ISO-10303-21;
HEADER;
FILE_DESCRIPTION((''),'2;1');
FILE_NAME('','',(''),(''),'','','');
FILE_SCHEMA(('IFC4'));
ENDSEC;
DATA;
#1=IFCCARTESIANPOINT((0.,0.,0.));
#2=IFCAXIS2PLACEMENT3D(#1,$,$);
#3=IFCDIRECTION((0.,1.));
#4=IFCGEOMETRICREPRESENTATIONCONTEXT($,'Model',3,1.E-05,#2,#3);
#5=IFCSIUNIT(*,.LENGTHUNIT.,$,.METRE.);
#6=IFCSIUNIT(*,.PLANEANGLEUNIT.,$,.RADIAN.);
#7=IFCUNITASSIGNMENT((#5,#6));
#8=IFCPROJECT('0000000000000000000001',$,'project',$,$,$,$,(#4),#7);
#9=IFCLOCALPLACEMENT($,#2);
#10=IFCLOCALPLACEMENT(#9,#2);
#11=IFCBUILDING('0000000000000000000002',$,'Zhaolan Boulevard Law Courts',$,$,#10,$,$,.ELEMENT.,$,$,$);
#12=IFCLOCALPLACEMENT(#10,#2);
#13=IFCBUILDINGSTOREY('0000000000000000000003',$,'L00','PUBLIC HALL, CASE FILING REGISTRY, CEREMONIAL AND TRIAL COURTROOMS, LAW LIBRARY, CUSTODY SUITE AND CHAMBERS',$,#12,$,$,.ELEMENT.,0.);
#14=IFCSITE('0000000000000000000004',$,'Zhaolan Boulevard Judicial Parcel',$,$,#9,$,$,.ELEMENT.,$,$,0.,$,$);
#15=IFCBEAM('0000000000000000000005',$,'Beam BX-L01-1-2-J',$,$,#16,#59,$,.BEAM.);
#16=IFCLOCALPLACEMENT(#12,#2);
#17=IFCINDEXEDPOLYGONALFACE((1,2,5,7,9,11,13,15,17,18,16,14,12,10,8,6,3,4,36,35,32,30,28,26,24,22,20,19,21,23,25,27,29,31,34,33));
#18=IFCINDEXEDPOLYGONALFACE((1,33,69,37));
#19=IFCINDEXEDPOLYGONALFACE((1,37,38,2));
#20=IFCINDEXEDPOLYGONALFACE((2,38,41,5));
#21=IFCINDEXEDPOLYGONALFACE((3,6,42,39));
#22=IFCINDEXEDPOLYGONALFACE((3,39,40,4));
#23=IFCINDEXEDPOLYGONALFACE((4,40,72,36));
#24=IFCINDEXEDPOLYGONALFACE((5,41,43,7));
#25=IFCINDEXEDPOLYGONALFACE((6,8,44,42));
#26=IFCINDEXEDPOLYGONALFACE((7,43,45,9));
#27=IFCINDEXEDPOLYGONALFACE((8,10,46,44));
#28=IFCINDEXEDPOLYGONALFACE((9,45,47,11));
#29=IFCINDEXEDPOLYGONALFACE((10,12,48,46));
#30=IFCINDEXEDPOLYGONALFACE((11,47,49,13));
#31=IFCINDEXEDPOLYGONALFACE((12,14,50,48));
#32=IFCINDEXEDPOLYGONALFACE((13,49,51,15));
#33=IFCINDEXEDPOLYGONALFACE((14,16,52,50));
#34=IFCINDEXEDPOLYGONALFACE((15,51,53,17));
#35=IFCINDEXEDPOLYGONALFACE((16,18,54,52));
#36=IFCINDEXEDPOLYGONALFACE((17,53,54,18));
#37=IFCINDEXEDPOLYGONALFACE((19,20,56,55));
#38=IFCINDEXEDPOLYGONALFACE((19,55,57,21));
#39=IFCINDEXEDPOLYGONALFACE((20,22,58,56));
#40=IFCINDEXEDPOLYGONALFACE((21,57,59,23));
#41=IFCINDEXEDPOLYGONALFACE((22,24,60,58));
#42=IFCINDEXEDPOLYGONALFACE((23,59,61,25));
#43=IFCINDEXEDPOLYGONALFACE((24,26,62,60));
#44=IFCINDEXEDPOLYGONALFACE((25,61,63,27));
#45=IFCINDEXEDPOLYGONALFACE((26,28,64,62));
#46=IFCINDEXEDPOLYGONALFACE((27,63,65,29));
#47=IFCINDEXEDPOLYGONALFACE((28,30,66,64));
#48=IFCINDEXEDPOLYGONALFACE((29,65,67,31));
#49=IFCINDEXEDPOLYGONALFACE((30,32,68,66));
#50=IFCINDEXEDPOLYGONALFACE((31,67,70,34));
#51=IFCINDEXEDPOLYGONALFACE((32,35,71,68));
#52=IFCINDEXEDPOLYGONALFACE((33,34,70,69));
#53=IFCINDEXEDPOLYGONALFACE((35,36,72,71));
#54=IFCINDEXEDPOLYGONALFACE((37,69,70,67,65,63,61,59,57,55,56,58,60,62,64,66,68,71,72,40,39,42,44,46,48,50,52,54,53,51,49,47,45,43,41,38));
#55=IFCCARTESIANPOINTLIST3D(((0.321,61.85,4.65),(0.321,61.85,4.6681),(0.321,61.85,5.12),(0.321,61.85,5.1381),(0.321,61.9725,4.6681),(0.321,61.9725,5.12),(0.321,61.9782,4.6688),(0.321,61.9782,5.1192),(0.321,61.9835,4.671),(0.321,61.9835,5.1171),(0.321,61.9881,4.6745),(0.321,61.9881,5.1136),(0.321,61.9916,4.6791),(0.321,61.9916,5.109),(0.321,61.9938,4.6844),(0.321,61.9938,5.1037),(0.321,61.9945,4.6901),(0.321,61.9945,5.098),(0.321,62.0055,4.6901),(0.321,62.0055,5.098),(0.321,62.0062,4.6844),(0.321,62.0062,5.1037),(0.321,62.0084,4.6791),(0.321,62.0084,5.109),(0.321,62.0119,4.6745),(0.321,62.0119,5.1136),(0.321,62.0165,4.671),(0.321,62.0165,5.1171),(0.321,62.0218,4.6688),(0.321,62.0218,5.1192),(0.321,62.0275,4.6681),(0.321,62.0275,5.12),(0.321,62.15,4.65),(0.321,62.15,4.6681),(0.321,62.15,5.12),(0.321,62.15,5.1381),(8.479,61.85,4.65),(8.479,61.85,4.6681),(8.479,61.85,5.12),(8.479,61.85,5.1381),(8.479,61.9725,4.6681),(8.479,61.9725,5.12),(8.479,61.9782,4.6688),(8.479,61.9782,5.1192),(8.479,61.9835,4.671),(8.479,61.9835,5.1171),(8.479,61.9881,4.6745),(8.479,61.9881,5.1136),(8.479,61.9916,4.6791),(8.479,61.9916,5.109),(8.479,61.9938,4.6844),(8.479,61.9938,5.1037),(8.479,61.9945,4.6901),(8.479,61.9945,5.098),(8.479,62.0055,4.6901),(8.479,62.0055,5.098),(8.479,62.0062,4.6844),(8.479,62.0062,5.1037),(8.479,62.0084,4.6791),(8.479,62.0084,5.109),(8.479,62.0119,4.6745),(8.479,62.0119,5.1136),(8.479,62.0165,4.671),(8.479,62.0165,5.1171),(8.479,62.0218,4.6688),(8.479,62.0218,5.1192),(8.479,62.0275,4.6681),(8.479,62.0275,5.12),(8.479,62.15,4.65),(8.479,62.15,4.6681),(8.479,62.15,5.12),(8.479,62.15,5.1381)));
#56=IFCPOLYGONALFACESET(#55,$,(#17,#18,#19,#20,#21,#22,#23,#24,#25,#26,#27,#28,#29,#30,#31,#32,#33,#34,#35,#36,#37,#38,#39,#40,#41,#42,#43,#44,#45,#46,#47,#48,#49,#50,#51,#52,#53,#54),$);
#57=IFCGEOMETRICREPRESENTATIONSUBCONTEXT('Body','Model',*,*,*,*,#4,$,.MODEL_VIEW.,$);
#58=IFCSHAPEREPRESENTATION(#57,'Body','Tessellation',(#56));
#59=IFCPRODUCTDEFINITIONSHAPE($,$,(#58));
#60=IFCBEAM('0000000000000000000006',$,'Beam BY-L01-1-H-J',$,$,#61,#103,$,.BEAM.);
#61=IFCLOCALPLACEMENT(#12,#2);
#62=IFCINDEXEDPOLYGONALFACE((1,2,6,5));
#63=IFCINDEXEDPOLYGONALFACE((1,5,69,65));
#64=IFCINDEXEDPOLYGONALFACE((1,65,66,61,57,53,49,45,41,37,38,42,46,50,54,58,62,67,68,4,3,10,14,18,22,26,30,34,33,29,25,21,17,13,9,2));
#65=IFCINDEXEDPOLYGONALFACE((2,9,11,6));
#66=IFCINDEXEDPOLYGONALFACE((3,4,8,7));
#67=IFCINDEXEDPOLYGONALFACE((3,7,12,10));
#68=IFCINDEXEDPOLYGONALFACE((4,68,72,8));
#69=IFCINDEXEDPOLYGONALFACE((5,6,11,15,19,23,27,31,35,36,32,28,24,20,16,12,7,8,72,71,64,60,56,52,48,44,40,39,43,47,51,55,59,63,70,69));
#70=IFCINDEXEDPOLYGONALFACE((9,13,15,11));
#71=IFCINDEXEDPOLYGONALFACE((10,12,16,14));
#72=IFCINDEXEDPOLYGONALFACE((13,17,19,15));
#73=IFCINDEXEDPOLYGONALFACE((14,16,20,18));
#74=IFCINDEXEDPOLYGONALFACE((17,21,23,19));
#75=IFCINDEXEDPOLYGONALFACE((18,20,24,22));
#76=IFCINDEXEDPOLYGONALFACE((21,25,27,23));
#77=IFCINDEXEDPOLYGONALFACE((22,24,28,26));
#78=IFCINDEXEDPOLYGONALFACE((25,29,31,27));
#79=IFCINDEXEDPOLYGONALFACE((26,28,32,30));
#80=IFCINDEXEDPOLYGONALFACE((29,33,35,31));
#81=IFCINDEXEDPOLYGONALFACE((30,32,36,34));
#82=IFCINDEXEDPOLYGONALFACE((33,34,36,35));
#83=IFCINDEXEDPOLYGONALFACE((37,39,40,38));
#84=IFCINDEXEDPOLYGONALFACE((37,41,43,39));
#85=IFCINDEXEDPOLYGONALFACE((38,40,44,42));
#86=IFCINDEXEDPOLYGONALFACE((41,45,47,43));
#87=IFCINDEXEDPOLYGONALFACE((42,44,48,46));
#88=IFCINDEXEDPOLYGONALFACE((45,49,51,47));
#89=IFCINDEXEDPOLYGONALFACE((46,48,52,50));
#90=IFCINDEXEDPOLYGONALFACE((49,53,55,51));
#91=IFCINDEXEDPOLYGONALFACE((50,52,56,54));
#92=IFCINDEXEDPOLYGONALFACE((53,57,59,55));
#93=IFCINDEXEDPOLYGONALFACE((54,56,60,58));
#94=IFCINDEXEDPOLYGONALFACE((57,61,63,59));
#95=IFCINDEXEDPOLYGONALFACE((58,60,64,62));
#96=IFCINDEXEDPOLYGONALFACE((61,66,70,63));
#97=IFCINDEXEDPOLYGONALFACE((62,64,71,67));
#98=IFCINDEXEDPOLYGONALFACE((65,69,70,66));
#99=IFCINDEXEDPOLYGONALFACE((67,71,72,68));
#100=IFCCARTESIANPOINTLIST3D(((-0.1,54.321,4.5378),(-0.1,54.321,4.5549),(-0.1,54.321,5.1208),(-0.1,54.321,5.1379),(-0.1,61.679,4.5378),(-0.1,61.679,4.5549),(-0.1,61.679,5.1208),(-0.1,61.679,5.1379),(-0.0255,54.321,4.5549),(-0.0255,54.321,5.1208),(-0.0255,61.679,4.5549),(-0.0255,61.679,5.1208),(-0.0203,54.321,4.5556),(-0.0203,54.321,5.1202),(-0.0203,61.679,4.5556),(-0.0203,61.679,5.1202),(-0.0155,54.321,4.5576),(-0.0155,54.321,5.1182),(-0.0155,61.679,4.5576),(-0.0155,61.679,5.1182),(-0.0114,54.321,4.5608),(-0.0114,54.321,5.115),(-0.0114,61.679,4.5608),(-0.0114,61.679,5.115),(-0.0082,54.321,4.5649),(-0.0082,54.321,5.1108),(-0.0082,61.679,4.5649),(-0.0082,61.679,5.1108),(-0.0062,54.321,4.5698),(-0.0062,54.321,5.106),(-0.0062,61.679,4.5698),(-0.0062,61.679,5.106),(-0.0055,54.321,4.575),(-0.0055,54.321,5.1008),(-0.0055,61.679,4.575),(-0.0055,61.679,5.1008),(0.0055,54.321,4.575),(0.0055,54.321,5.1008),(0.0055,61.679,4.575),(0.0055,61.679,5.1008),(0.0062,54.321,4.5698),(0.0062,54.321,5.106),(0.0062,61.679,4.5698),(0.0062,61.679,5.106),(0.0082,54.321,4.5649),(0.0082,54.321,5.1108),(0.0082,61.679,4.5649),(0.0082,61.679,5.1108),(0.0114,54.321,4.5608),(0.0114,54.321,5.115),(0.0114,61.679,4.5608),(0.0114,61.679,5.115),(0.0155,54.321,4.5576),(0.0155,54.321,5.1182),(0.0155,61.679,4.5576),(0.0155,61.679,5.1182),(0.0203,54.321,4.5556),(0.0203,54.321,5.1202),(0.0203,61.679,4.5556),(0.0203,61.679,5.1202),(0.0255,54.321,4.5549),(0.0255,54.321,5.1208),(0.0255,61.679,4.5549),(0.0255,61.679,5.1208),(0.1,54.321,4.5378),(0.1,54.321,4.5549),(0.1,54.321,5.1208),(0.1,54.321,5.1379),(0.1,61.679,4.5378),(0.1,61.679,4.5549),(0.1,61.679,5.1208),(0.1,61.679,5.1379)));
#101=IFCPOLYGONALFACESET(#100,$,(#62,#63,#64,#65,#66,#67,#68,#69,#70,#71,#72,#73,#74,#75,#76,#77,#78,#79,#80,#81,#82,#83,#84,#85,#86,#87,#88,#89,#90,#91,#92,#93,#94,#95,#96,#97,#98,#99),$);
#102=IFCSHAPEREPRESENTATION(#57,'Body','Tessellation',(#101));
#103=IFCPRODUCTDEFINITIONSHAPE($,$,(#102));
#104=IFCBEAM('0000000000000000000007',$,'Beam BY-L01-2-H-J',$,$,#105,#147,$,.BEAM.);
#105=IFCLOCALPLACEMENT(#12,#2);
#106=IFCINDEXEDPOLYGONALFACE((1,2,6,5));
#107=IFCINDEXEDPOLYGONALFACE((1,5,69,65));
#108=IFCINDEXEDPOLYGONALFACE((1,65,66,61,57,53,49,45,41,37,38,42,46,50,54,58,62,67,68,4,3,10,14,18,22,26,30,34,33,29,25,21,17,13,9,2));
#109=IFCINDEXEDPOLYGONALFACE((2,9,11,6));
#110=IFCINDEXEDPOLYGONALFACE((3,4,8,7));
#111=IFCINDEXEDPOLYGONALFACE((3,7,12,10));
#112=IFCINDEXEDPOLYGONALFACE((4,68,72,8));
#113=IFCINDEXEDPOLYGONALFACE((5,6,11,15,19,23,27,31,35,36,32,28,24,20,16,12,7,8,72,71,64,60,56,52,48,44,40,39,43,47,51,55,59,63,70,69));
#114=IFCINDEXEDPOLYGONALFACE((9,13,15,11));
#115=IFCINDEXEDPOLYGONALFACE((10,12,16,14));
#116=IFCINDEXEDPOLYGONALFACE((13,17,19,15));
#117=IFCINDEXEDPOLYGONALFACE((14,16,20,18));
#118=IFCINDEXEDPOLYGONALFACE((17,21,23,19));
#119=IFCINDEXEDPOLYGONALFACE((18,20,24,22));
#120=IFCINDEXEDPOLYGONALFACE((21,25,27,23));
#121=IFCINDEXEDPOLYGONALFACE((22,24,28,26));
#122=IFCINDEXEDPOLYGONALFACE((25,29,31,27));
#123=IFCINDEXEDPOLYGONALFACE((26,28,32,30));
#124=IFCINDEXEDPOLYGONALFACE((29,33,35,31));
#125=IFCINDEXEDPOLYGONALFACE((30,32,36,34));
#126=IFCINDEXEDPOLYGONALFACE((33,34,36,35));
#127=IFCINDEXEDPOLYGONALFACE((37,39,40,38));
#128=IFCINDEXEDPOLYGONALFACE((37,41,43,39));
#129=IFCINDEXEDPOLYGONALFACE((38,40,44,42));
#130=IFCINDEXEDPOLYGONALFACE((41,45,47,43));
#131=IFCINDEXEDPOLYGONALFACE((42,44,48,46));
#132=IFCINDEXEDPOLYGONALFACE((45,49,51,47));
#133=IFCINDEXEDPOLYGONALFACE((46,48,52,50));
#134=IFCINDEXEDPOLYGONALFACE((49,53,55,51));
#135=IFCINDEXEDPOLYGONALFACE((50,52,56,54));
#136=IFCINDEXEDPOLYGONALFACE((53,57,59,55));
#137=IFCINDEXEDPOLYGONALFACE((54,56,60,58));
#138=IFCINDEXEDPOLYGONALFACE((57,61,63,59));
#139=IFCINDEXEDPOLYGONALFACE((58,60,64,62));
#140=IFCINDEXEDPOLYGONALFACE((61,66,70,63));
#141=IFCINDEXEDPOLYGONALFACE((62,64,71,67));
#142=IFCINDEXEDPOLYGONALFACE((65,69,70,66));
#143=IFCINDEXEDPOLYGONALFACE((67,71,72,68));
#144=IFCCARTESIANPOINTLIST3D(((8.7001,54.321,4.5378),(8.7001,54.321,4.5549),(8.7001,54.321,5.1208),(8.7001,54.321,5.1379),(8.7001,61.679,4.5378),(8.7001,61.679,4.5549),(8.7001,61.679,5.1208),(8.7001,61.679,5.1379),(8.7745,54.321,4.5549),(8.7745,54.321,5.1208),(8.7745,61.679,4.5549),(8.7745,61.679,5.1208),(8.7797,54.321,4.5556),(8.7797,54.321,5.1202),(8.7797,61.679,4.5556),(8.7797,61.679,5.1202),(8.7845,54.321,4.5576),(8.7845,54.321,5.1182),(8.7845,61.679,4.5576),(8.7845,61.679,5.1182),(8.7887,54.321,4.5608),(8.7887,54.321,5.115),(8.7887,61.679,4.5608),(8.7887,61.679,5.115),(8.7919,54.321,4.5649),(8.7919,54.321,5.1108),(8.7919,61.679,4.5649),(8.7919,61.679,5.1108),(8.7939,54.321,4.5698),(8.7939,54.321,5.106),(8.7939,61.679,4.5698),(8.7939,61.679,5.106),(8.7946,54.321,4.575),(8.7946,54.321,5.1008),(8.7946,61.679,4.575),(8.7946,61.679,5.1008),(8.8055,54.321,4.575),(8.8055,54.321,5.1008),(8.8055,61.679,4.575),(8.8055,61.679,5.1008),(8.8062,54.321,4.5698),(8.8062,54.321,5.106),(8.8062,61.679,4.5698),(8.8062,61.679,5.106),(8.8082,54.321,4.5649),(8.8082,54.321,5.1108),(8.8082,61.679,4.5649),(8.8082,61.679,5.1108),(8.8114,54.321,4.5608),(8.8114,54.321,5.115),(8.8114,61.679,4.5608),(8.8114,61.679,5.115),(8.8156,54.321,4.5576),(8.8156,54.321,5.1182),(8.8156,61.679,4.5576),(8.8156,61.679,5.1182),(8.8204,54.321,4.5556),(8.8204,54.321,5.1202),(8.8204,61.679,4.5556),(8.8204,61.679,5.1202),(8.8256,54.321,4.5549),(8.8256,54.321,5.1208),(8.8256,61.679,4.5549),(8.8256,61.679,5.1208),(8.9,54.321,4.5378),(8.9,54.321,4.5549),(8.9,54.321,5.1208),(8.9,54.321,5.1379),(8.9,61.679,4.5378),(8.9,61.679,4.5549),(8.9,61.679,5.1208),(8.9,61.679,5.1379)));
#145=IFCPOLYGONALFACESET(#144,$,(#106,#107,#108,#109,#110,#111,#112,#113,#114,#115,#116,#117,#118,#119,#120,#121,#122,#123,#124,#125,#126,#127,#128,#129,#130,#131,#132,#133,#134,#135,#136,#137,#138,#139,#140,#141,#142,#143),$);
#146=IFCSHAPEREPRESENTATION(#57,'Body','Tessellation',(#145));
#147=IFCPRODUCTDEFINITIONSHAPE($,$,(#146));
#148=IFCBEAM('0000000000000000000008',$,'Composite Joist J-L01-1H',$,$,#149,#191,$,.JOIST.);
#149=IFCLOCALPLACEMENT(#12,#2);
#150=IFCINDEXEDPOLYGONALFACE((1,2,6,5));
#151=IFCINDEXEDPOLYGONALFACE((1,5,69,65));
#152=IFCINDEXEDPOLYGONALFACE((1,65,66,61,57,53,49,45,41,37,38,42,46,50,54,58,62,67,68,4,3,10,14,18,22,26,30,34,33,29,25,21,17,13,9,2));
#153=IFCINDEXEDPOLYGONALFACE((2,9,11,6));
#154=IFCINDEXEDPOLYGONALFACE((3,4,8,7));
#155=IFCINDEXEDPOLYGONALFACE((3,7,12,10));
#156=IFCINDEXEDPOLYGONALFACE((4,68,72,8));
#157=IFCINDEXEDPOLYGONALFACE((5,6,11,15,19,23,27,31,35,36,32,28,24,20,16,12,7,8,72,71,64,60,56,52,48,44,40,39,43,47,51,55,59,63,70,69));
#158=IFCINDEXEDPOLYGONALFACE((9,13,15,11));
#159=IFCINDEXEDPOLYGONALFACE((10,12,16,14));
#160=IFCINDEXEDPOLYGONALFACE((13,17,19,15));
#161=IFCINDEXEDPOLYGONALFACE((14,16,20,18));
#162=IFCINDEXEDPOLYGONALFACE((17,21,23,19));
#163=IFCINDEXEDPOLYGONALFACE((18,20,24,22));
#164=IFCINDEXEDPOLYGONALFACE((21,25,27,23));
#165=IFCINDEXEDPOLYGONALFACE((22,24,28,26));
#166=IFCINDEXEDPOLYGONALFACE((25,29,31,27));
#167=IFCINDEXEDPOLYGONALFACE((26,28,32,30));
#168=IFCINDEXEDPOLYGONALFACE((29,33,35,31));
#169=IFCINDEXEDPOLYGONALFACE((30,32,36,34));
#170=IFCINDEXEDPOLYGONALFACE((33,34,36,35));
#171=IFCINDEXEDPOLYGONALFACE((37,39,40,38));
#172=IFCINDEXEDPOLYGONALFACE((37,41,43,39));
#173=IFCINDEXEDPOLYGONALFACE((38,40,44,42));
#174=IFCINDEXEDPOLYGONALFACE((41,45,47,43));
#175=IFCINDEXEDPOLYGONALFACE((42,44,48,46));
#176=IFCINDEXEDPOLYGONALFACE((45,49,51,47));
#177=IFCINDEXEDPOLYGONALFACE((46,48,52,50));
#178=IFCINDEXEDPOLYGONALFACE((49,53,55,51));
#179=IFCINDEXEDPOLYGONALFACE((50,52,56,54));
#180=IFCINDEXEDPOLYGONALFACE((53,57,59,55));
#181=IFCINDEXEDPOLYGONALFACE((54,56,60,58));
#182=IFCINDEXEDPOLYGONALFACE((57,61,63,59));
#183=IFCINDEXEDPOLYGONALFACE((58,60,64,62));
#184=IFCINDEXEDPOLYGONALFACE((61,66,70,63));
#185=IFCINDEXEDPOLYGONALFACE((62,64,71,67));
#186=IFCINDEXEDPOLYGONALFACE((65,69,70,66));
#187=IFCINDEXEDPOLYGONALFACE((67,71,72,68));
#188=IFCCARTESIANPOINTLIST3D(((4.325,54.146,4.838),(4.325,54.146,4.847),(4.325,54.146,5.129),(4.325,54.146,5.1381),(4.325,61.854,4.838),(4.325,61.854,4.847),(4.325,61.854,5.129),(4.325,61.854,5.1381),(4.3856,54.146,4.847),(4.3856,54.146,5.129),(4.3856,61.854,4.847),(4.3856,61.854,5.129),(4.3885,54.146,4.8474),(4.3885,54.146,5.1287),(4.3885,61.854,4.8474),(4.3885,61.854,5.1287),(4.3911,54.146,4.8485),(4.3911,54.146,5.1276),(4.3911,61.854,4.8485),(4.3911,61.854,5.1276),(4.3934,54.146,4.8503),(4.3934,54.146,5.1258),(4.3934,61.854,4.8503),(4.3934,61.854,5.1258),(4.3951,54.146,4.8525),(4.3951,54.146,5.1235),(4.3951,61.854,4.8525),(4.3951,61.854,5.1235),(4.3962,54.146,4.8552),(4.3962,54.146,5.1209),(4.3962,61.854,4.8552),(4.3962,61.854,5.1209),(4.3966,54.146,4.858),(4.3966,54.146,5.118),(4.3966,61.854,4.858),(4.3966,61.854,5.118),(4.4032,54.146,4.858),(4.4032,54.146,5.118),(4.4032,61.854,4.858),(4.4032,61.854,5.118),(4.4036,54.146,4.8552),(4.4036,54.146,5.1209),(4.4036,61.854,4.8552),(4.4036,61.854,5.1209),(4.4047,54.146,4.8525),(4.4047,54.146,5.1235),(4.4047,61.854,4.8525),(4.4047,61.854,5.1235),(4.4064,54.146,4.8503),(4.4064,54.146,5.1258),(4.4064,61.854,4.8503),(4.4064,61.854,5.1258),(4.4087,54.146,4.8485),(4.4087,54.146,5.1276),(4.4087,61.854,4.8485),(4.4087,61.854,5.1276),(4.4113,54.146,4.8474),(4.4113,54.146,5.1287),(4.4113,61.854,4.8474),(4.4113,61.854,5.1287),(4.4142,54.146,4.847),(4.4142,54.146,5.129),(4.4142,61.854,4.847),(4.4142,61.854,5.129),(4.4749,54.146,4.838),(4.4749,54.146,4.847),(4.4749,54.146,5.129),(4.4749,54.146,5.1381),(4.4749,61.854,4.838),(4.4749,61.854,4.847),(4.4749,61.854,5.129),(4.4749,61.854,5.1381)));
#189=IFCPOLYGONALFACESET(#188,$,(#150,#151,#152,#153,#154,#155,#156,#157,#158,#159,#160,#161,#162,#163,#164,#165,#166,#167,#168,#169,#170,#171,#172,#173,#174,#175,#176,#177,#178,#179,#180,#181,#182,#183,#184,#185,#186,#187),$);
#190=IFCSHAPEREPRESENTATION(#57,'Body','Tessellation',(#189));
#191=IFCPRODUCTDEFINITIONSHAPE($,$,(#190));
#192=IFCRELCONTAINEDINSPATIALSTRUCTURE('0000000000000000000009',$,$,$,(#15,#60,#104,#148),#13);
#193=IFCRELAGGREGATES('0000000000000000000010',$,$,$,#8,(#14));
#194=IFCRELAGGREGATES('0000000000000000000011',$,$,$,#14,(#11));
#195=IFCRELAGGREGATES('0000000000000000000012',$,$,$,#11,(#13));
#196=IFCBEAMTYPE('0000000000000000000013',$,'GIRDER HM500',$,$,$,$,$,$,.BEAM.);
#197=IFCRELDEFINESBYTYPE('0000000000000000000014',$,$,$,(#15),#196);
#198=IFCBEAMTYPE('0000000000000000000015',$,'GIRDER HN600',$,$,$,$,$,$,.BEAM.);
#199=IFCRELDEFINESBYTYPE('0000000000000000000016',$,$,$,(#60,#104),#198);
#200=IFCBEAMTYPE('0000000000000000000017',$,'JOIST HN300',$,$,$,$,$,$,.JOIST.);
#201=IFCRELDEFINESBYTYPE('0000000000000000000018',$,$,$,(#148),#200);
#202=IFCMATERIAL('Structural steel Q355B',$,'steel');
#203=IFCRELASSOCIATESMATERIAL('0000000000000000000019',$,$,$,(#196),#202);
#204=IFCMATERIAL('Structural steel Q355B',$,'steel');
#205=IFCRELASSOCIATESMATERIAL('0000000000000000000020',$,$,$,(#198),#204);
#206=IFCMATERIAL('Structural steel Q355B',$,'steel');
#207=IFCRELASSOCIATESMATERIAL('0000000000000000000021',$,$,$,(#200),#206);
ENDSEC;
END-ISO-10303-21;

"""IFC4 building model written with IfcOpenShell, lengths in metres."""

from ifc_helpers import new_model, si_unit, direction, frame, origin, origin_2d, place, context, subcontext, project, spatial, i_section, extrude, material, material_profile, profile_set, type_object, element, save


model = new_model("IFC4")

# Units and contexts
model_context = context("Model", 3, precision=1e-05, world=origin(), true_north=direction((0.0, 1.0)))
body_context = subcontext(model_context, "Body", "Model", "MODEL_VIEW")
ifc_project = project(units=[si_unit("LENGTHUNIT", "METRE"), si_unit("PLANEANGLEUNIT", "RADIAN")], contexts=[model_context])

# Site, building, storey
site_placement = place(None, origin())
site = spatial("IfcSite", under=ifc_project, at=site_placement, Name="Zhaolan Boulevard Judicial Parcel", CompositionType="ELEMENT", RefElevation=0.0)
building_placement = place(site_placement, origin())
building = spatial("IfcBuilding", under=site, at=building_placement, Name="Zhaolan Boulevard Law Courts", CompositionType="ELEMENT")
storey_placement = place(building_placement, origin())
storey = spatial("IfcBuildingStorey", under=building, at=storey_placement, Name="L00", Description="PUBLIC HALL, CASE FILING REGISTRY, CEREMONIAL AND TRIAL COURTROOMS, LAW LIBRARY, CUSTODY SUITE AND CHAMBERS", CompositionType="ELEMENT", Elevation=0.0)

# Beams
ifc_material_1 = material(Name="Structural steel Q355B", Category="steel")
ifc_material_profile_1 = material_profile(ifc_material_1, i_section(OverallWidth=0.3, OverallDepth=0.488, WebThickness=0.011, FlangeThickness=0.0181, FilletRadius=0.022, at=origin_2d()), Name="HM488x300")
ifc_profile_set_1 = profile_set([ifc_material_profile_1], Name="Structural steel Q355B")
beam_type_1 = type_object("IfcBeamType", Name="GIRDER HM500", PredefinedType="BEAM", material=ifc_profile_set_1)
beam_1_placement = place(storey_placement, frame((0.321, 62.0, 4.894), z_axis=(1.0, 0.0, 0.0), x_axis=(0.0, 1.0, 0.0)))
element("IfcBeam", 1, at=beam_1_placement, inside=storey, type_object=beam_type_1, Name="Beam BX-L01-1-2-J", PredefinedType="BEAM", context=body_context, shape_type="SweptSolid", body=[
    extrude(i_section(OverallWidth=0.3, OverallDepth=0.488, WebThickness=0.011, FlangeThickness=0.0181, FilletRadius=0.022, at=origin_2d()), origin(), (0.0, 0.0, 1.0), 8.158),
])
ifc_material_2 = material(Name="Structural steel Q355B", Category="steel")
ifc_material_profile_2 = material_profile(ifc_material_2, i_section(OverallWidth=0.2, OverallDepth=0.6001, WebThickness=0.011, FlangeThickness=0.0171, FilletRadius=0.02, at=origin_2d()), Name="HN600x200")
ifc_profile_set_2 = profile_set([ifc_material_profile_2], Name="Structural steel Q355B")
beam_type_2 = type_object("IfcBeamType", Name="GIRDER HN600", PredefinedType="BEAM", material=ifc_profile_set_2)
for number, where, z_axis, x_axis, name in (
    (2, (0.0, 54.321, 4.8379), (0.0, 1.0, 0.0), (-1.0, 0.0, 0.0), "Beam BY-L01-1-H-J"),
    (3, (8.8, 54.321, 4.8379), (0.0, 1.0, 0.0), (-1.0, 0.0, 0.0), "Beam BY-L01-2-H-J"),
):
    element("IfcBeam", number, at=place(storey_placement, frame(where, z_axis=z_axis, x_axis=x_axis)), inside=storey, type_object=beam_type_2, Name=name, PredefinedType="BEAM", context=body_context, shape_type="SweptSolid", body=[
        extrude(i_section(OverallWidth=0.2, OverallDepth=0.6001, WebThickness=0.011, FlangeThickness=0.0171, FilletRadius=0.02, at=origin_2d()), origin(), (0.0, 0.0, 1.0), 7.3579),
    ])
ifc_material_3 = material(Name="Structural steel Q355B", Category="steel")
ifc_material_profile_3 = material_profile(ifc_material_3, i_section(OverallWidth=0.1499, OverallDepth=0.3, WebThickness=0.0066, FlangeThickness=0.009, FilletRadius=0.011, at=origin_2d()), Name="HN300x150")
ifc_profile_set_3 = profile_set([ifc_material_profile_3], Name="Structural steel Q355B")
beam_type_3 = type_object("IfcBeamType", Name="JOIST HN300", PredefinedType="JOIST", material=ifc_profile_set_3)
beam_2_placement = place(storey_placement, frame((4.3999, 54.146, 4.988), z_axis=(0.0, 1.0, 0.0), x_axis=(-1.0, 0.0, 0.0)))
element("IfcBeam", 4, at=beam_2_placement, inside=storey, type_object=beam_type_3, Name="Composite Joist J-L01-1H", PredefinedType="JOIST", context=body_context, shape_type="SweptSolid", body=[
    extrude(i_section(OverallWidth=0.1499, OverallDepth=0.3, WebThickness=0.0066, FlangeThickness=0.009, FilletRadius=0.011, at=origin_2d()), origin(), (0.0, 0.0, 1.0), 7.708),
])

save(model, "model.ifc")
